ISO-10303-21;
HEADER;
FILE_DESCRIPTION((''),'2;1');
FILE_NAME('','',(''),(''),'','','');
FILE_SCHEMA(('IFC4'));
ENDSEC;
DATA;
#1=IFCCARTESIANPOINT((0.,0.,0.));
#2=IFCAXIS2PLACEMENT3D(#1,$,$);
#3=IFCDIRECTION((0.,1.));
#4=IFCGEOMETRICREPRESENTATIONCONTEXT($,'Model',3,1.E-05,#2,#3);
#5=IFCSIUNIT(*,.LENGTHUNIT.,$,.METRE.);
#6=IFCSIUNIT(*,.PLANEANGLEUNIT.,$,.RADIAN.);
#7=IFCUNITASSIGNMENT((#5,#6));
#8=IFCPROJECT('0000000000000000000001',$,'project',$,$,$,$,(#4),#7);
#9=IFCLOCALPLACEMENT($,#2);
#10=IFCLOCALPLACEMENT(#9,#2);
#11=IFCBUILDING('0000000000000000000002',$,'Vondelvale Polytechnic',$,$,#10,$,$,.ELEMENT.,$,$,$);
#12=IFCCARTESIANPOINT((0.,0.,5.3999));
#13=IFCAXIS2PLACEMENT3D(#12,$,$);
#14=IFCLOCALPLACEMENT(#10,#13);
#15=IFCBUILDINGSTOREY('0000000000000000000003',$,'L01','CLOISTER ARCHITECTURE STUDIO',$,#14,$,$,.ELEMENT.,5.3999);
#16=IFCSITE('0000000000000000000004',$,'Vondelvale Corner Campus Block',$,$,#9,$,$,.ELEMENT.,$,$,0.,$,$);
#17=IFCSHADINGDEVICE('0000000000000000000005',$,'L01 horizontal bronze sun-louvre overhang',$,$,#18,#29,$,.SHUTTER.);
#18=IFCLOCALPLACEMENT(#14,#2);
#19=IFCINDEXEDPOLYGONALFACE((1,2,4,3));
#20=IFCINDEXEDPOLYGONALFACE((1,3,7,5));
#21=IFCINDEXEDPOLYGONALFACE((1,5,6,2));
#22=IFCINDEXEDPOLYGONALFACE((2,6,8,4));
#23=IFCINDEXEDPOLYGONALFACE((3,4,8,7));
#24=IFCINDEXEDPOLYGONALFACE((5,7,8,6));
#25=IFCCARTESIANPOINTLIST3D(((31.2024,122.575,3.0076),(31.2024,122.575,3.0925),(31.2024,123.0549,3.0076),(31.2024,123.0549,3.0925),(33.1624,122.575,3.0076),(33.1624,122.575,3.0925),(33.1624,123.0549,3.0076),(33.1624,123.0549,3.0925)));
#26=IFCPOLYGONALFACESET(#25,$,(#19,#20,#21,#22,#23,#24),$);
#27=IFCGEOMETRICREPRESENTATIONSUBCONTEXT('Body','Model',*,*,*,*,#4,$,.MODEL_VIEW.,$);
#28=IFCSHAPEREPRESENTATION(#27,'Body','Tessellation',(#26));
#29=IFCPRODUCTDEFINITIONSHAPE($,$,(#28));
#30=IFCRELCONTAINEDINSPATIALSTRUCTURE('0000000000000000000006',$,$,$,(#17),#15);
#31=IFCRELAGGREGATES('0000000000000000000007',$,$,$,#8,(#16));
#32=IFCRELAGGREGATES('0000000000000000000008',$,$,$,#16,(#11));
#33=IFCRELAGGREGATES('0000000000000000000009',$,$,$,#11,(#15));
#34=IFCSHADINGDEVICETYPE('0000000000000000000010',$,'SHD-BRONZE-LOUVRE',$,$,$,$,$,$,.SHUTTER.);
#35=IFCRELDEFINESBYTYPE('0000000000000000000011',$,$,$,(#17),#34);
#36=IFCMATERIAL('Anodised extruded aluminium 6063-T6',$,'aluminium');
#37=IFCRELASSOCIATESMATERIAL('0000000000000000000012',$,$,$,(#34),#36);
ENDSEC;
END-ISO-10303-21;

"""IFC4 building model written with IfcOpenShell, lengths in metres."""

from ifc_helpers import new_model, si_unit, direction, frame, origin, origin_2d, place, context, subcontext, project, spatial, rectangle, extrude, material, type_object, element, save


model = new_model("IFC4")

# Units and contexts
model_context = context("Model", 3, precision=1e-05, world=origin(), true_north=direction((0.0, 1.0)))
body_context = subcontext(model_context, "Body", "Model", "MODEL_VIEW")
ifc_project = project(units=[si_unit("LENGTHUNIT", "METRE"), si_unit("PLANEANGLEUNIT", "RADIAN")], contexts=[model_context])

# Site, building, storey
site_placement = place(None, origin())
site = spatial("IfcSite", under=ifc_project, at=site_placement, Name="Vondelvale Corner Campus Block", CompositionType="ELEMENT", RefElevation=0.0)
building_placement = place(site_placement, origin())
building = spatial("IfcBuilding", under=site, at=building_placement, Name="Vondelvale Polytechnic", CompositionType="ELEMENT")
storey_placement = place(building_placement, frame((0.0, 0.0, 5.3999)))
storey = spatial("IfcBuildingStorey", under=building, at=storey_placement, Name="L01", Description="CLOISTER ARCHITECTURE STUDIO", CompositionType="ELEMENT", Elevation=5.3999)

# Shared definitions
ifc_material_1 = material(Name="Anodised extruded aluminium 6063-T6", Category="aluminium")

# Shading device
shading_device_type = type_object("IfcShadingDeviceType", Name="SHD-BRONZE-LOUVRE", PredefinedType="SHUTTER", material=ifc_material_1)
shading_device_placement = place(storey_placement, frame((32.1824, 122.8149, 3.0076), z_axis=(0.0, 0.0, 1.0), x_axis=(1.0, 0.0, 0.0)))
element("IfcShadingDevice", 1, at=shading_device_placement, inside=storey, type_object=shading_device_type, Name="L01 horizontal bronze sun-louvre overhang", PredefinedType="SHUTTER", context=body_context, shape_type="SweptSolid", body=[
    extrude(rectangle(XDim=1.96, YDim=0.48, at=origin_2d()), origin(), (0.0, 0.0, 1.0), 0.085),
])

save(model, "model.ifc")
